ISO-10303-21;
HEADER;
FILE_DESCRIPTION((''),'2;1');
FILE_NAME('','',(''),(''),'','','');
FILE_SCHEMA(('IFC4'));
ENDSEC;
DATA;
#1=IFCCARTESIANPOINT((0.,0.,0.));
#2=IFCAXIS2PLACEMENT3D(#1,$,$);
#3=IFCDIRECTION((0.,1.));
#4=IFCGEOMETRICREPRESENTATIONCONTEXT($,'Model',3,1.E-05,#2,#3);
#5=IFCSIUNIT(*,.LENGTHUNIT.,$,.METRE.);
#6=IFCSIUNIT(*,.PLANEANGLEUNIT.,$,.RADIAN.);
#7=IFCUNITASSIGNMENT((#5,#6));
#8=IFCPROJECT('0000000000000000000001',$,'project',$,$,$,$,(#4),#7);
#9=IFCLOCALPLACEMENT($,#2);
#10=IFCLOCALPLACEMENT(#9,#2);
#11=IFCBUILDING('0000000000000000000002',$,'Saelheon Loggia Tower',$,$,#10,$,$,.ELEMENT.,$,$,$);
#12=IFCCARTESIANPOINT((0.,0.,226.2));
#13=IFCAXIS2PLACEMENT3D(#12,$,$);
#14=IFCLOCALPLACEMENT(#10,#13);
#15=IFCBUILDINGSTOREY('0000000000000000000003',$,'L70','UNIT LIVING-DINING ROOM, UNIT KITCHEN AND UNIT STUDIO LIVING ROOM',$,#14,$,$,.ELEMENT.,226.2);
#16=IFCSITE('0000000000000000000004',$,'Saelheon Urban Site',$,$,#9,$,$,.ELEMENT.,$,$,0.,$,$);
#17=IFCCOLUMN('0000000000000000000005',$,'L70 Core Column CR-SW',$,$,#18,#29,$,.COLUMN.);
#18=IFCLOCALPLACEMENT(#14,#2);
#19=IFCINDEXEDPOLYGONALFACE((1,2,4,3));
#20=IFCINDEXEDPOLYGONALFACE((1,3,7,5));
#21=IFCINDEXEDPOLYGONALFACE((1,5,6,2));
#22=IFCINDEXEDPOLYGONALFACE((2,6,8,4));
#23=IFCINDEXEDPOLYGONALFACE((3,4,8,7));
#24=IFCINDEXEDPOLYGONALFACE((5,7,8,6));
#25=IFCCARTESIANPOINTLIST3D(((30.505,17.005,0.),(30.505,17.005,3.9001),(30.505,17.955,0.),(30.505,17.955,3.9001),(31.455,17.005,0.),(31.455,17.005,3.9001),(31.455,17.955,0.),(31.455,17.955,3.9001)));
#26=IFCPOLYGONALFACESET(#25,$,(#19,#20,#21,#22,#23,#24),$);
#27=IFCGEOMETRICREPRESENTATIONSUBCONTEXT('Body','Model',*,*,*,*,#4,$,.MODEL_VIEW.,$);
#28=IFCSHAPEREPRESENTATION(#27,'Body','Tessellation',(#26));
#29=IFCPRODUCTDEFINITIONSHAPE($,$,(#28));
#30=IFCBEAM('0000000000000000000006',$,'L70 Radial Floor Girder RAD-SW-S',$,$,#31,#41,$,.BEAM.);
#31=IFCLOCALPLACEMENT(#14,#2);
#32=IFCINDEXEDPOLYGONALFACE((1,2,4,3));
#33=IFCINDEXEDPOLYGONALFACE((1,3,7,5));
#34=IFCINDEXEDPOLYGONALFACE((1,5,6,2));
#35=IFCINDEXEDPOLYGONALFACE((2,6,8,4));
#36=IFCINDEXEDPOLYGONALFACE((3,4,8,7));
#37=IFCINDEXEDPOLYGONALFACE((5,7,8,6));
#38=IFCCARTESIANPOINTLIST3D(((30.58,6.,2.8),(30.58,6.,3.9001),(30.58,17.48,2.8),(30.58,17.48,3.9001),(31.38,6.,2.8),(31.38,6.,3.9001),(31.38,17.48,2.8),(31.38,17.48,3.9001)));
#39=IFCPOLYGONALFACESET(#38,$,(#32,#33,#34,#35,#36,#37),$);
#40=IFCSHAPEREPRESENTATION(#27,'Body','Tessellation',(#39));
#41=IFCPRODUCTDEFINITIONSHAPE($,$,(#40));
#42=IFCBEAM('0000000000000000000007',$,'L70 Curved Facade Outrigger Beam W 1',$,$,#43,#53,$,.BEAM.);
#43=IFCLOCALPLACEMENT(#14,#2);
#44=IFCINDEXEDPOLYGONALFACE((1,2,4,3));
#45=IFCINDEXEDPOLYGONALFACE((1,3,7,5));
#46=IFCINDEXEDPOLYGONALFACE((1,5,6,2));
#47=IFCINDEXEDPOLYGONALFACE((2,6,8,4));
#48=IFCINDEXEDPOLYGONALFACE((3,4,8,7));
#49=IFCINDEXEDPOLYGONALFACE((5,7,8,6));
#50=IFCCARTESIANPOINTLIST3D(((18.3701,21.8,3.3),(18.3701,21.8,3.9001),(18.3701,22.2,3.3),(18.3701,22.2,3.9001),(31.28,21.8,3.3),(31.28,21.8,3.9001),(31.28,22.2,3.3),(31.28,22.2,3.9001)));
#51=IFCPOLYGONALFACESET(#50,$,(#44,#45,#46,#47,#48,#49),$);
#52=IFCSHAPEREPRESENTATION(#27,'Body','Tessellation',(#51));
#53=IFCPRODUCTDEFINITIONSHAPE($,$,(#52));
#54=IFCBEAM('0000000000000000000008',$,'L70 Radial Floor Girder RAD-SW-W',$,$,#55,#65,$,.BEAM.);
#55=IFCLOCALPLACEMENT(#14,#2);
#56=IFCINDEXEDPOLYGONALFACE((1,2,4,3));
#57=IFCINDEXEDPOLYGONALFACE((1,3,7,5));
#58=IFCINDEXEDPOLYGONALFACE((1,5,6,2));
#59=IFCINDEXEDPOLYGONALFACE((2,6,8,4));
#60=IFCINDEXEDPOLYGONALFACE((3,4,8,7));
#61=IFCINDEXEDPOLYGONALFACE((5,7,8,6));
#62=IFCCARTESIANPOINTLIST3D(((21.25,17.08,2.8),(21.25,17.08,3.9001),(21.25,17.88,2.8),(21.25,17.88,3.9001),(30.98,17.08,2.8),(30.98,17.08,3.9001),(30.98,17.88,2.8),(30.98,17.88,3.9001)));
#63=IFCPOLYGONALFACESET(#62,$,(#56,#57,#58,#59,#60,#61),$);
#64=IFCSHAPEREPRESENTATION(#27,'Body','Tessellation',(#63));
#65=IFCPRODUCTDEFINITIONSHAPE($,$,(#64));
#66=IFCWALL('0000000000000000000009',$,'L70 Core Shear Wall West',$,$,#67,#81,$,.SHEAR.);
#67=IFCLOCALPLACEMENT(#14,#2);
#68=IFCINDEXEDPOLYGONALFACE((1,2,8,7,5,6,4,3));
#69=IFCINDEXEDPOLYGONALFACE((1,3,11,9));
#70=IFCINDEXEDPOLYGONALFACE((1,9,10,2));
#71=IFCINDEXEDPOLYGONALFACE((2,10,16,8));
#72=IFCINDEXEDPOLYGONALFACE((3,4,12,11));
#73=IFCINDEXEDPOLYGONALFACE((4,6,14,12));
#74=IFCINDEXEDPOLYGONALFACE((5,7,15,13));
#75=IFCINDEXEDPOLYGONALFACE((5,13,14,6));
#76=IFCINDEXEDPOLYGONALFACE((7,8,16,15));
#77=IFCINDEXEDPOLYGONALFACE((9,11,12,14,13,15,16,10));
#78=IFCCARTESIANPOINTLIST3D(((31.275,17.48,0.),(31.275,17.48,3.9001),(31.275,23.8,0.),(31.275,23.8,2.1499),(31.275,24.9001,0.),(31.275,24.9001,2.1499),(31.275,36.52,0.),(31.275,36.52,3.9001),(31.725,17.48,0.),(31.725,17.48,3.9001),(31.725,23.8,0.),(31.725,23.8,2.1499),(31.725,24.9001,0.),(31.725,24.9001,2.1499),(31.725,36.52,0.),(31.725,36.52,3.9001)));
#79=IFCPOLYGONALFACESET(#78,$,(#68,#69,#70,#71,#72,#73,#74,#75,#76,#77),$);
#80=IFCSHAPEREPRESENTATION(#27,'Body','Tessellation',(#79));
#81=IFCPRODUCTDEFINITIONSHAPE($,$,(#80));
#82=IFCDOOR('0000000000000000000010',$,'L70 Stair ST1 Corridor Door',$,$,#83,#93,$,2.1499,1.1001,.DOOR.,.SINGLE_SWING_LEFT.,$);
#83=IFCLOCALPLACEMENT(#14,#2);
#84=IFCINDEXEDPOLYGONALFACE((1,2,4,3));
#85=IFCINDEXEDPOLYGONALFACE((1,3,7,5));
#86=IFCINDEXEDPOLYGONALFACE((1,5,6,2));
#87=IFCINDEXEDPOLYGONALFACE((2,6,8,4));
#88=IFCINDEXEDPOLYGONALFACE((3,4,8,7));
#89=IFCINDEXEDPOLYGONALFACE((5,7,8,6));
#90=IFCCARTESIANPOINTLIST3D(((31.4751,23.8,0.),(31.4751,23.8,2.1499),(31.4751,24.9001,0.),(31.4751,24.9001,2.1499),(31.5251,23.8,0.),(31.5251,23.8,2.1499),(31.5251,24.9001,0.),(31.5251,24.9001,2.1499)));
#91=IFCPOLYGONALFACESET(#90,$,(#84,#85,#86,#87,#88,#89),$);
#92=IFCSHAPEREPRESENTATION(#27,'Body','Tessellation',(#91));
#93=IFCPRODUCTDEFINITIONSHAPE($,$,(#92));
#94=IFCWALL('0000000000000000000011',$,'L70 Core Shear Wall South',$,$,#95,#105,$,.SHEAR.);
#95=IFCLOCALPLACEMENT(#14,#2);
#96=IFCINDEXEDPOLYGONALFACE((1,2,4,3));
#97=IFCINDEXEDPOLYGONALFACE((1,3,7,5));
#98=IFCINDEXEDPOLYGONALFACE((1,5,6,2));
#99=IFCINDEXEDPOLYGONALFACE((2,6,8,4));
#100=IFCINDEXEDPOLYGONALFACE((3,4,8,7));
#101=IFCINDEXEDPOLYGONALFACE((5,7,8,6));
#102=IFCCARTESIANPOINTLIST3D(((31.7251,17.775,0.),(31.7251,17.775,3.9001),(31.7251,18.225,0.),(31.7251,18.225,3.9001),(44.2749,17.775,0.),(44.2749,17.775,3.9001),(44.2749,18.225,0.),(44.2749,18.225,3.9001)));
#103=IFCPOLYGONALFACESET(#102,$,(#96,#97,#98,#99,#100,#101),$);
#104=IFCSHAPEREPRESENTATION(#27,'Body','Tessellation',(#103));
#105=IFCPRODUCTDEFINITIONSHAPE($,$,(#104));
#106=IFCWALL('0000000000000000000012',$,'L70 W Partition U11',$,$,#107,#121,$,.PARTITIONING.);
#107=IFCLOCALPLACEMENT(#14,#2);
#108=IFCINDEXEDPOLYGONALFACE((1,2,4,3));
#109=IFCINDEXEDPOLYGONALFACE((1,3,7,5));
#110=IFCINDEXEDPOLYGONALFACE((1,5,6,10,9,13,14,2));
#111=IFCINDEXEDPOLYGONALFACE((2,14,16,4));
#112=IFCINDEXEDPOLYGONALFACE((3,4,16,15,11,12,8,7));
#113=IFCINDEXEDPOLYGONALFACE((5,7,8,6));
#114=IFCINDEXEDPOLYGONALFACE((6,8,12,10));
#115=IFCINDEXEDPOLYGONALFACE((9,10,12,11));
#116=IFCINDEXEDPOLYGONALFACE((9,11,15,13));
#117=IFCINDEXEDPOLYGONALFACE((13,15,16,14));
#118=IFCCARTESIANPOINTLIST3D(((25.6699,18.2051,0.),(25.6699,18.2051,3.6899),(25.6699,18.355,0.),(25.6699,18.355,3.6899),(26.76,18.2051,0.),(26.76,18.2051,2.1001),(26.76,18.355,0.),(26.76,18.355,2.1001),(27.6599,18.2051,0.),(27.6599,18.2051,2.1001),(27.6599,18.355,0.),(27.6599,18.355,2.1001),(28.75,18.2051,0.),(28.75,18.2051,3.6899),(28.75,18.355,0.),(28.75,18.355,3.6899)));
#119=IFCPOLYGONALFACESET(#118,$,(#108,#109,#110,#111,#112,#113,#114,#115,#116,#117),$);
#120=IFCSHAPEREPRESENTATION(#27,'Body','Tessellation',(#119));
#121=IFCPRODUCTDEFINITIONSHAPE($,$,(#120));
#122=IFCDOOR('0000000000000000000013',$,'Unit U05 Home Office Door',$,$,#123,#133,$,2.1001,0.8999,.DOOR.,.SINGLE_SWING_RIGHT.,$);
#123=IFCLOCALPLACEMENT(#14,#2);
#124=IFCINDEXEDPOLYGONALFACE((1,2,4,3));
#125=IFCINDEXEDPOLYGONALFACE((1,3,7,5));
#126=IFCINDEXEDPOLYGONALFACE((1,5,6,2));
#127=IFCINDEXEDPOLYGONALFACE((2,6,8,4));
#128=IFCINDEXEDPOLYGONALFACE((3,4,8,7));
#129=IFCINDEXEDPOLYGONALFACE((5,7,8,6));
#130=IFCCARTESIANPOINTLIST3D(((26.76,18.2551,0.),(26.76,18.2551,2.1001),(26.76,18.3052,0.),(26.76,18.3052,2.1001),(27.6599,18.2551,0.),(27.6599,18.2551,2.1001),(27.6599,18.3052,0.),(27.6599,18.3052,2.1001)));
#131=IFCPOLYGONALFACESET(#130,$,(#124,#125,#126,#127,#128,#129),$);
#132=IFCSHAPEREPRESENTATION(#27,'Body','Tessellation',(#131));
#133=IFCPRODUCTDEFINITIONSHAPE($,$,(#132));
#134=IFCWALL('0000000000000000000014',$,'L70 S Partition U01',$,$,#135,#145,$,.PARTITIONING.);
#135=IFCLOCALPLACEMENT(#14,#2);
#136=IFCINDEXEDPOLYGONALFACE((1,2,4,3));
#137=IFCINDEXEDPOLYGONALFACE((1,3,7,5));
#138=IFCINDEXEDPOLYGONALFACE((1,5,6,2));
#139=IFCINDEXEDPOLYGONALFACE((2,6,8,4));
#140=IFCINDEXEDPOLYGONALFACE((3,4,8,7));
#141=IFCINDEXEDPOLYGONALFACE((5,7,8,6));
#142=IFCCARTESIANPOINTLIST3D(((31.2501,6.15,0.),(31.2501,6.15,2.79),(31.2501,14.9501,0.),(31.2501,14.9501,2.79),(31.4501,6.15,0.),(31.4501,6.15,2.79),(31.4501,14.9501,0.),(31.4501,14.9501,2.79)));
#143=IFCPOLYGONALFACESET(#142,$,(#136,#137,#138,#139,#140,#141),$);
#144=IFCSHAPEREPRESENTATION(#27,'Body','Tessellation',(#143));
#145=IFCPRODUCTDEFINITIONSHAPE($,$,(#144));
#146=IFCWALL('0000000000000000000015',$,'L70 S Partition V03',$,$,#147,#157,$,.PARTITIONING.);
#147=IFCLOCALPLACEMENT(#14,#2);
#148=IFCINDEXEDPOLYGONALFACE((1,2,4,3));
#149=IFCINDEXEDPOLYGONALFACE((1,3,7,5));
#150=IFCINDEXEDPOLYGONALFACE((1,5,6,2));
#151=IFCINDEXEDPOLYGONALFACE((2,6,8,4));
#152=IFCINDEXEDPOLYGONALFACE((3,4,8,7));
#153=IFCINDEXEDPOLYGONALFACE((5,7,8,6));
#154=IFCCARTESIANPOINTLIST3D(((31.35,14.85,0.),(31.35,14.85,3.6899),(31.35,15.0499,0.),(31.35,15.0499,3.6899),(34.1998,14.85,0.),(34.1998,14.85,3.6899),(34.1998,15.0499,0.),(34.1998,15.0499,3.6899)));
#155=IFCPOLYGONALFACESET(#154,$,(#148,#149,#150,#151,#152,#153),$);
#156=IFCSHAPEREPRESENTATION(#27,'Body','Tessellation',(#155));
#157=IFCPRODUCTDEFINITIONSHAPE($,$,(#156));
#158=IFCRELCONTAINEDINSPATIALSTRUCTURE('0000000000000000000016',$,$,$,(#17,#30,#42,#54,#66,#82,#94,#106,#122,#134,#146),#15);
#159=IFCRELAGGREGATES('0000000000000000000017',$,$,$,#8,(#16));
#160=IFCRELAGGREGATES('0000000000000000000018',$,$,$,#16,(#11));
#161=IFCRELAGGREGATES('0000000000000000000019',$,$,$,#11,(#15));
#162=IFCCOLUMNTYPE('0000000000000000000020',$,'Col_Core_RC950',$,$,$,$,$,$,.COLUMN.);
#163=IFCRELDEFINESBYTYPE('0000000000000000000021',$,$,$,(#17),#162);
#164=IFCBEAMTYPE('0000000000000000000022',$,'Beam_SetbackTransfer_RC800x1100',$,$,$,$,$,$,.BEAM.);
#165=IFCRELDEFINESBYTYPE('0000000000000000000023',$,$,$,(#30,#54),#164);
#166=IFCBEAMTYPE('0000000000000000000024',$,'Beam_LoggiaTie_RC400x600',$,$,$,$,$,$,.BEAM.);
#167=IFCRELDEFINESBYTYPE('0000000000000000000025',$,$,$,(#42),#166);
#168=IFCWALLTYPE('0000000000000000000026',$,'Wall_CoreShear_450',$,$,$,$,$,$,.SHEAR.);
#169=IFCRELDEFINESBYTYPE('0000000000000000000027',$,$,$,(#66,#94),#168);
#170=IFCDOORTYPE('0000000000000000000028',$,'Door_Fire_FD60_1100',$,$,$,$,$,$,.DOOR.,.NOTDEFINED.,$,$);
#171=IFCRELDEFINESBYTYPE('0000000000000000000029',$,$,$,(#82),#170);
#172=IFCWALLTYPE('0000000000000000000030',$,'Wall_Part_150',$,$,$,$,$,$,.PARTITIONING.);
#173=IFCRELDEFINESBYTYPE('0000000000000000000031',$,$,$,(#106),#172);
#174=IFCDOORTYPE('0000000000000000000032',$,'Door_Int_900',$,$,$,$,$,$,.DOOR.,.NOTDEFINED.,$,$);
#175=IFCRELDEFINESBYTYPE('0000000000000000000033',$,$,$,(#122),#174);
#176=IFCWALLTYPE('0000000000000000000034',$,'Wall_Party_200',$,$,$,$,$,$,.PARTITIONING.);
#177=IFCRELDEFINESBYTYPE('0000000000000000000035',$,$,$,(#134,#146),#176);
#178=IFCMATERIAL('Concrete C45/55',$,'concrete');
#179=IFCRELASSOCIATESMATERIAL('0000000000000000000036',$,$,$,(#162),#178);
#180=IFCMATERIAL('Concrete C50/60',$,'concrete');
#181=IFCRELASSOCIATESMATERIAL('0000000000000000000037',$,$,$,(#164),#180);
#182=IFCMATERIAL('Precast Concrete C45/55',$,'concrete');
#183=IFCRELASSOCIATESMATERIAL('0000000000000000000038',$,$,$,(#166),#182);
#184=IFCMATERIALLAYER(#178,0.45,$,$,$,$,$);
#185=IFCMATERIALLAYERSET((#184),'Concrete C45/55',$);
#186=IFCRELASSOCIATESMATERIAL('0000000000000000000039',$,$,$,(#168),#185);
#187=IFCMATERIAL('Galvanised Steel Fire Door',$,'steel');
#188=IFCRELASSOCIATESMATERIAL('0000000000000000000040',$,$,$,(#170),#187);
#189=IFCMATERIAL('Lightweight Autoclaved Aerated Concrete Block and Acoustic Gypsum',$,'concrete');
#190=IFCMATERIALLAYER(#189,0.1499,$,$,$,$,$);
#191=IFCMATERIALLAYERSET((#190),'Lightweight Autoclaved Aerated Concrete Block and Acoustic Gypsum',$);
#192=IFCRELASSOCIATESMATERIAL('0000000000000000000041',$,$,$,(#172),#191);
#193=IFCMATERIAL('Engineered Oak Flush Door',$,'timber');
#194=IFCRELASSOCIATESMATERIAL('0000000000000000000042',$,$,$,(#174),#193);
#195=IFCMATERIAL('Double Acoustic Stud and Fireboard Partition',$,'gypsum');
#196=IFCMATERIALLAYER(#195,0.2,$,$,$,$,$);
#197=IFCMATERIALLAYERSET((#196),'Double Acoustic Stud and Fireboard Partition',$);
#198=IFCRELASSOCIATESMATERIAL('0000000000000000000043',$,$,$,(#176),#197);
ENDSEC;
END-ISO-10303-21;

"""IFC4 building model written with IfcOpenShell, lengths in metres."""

from ifc_helpers import new_model, si_unit, direction, frame, frame_2d, origin, origin_2d, place, context, subcontext, project, spatial, rectangle, extrude, source, transform, mapped, material, layer, layer_set, material_profile, profile_set, type_object, element, fill, save


model = new_model("IFC4")

# Units and contexts
model_context = context("Model", 3, precision=1e-05, world=origin(), true_north=direction((0.0, 1.0)))
body_context = subcontext(model_context, "Body", "Model", "MODEL_VIEW")
ifc_project = project(units=[si_unit("LENGTHUNIT", "METRE"), si_unit("PLANEANGLEUNIT", "RADIAN")], contexts=[model_context])

# Site, building, storey
site_placement = place(None, origin())
site = spatial("IfcSite", under=ifc_project, at=site_placement, Name="Saelheon Urban Site", CompositionType="ELEMENT", RefElevation=0.0)
building_placement = place(site_placement, origin())
building = spatial("IfcBuilding", under=site, at=building_placement, Name="Saelheon Loggia Tower", CompositionType="ELEMENT")
storey_placement = place(building_placement, frame((0.0, 0.0, 226.2)))
storey = spatial("IfcBuildingStorey", under=building, at=storey_placement, Name="L70", Description="UNIT LIVING-DINING ROOM, UNIT KITCHEN AND UNIT STUDIO LIVING ROOM", CompositionType="ELEMENT", Elevation=226.2)

# Column
ifc_material_1 = material(Name="Concrete C45/55", Category="concrete")
ifc_material_profile_1 = material_profile(ifc_material_1, rectangle(XDim=0.95, YDim=0.95, at=origin_2d()), Name="RC-950x950")
ifc_profile_set_1 = profile_set([ifc_material_profile_1], Name="Concrete C45/55")
column_type = type_object("IfcColumnType", Name="Col_Core_RC950", PredefinedType="COLUMN", material=ifc_profile_set_1)
shared_shape_1 = source(origin(), body_context, "Body", "SweptSolid", [
    extrude(rectangle(XDim=0.95, YDim=0.95, at=origin_2d()), origin(), (0.0, 0.0, 1.0), 3.9001),
])
column_placement = place(storey_placement, frame((30.98, 17.48, 0.0), z_axis=(0.0, 0.0, 1.0), x_axis=(1.0, 0.0, 0.0)))
element("IfcColumn", 1, at=column_placement, inside=storey, type_object=column_type, Name="L70 Core Column CR-SW", PredefinedType="COLUMN", context=body_context, shape_type="MappedRepresentation", body=[
    mapped(shared_shape_1, transform((0.0, 0.0, 0.0), scale=1.0)),
])

# Beams
ifc_material_2 = material(Name="Concrete C50/60", Category="concrete")
ifc_material_profile_2 = material_profile(ifc_material_2, rectangle(XDim=0.8, YDim=1.1001, at=origin_2d()), Name="RC-800x1100")
ifc_profile_set_2 = profile_set([ifc_material_profile_2], Name="Concrete C50/60")
beam_type_1 = type_object("IfcBeamType", Name="Beam_SetbackTransfer_RC800x1100", PredefinedType="BEAM", material=ifc_profile_set_2)
shared_shape_2 = source(origin(), body_context, "Body", "SweptSolid", [
    extrude(rectangle(XDim=0.8, YDim=1.1001, at=origin_2d()), origin(), (0.0, 0.0, 1.0), 11.48),
])
beam_1_placement = place(storey_placement, frame((30.98, 17.48, 3.3501), z_axis=(0.0, -1.0, 0.0), x_axis=(1.0, 0.0, 0.0)))
element("IfcBeam", 2, at=beam_1_placement, inside=storey, type_object=beam_type_1, Name="L70 Radial Floor Girder RAD-SW-S", PredefinedType="BEAM", context=body_context, shape_type="MappedRepresentation", body=[
    mapped(shared_shape_2, transform((0.0, 0.0, 0.0), scale=1.0)),
])
ifc_material_3 = material(Name="Precast Concrete C45/55", Category="concrete")
ifc_material_profile_3 = material_profile(ifc_material_3, rectangle(XDim=0.3999, YDim=0.6001, at=origin_2d()), Name="RC-400x600")
ifc_profile_set_3 = profile_set([ifc_material_profile_3], Name="Precast Concrete C45/55")
beam_type_2 = type_object("IfcBeamType", Name="Beam_LoggiaTie_RC400x600", PredefinedType="BEAM", material=ifc_profile_set_3)
shared_shape_3 = source(origin(), body_context, "Body", "SweptSolid", [
    extrude(rectangle(XDim=0.3999, YDim=0.6001, at=origin_2d()), origin(), (0.0, 0.0, 1.0), 12.9099),
])
beam_2_placement = place(storey_placement, frame((31.28, 22.0, 3.6001), z_axis=(-1.0, 0.0, 0.0), x_axis=(0.0, -1.0, 0.0)))
element("IfcBeam", 3, at=beam_2_placement, inside=storey, type_object=beam_type_2, Name="L70 Curved Facade Outrigger Beam W 1", PredefinedType="BEAM", context=body_context, shape_type="MappedRepresentation", body=[
    mapped(shared_shape_3, transform((0.0, 0.0, 0.0), scale=1.0)),
])
shared_shape_4 = source(origin(), body_context, "Body", "SweptSolid", [
    extrude(rectangle(XDim=0.8, YDim=1.1001, at=origin_2d()), origin(), (0.0, 0.0, 1.0), 9.73),
])
beam_3_placement = place(storey_placement, frame((30.98, 17.48, 3.3501), z_axis=(-1.0, 0.0, 0.0), x_axis=(0.0, -1.0, 0.0)))
element("IfcBeam", 4, at=beam_3_placement, inside=storey, type_object=beam_type_1, Name="L70 Radial Floor Girder RAD-SW-W", PredefinedType="BEAM", context=body_context, shape_type="MappedRepresentation", body=[
    mapped(shared_shape_4, transform((0.0, 0.0, 0.0), scale=1.0)),
])

# Wall, opening, door
ifc_layer_1 = layer(ifc_material_1, 0.45)
ifc_layer_set_1 = layer_set([ifc_layer_1], Name="Concrete C45/55")
wall_type_1 = type_object("IfcWallType", Name="Wall_CoreShear_450", PredefinedType="SHEAR", material=ifc_layer_set_1)
wall_1_placement = place(storey_placement, frame((31.5, 17.48, 0.0), z_axis=(0.0, 0.0, 1.0), x_axis=(0.0, 1.0, 0.0)))
wall_1 = element("IfcWall", 5, at=wall_1_placement, inside=storey, type_object=wall_type_1, Name="L70 Core Shear Wall West", PredefinedType="SHEAR", context=body_context, shape_type="SweptSolid", body=[
    extrude(rectangle(XDim=19.04, YDim=0.45, at=frame_2d((9.52, 0.0))), origin(), (0.0, 0.0, 1.0), 3.9001),
])
opening_1_placement = place(wall_1_placement, frame((6.3201, 0.0, 0.0)))
opening_1 = element("IfcOpeningElement", 6, at=opening_1_placement, cuts=wall_1, PredefinedType="OPENING", context=body_context, shape_type="SweptSolid", body=[
    extrude(rectangle(XDim=1.1001, YDim=2.1499, at=frame_2d((0.55, 1.075))), frame((0.0, 0.2371, 0.0), z_axis=(0.0, -1.0, 0.0), x_axis=(1.0, 0.0, 0.0)), (0.0, 0.0, 1.0), 0.4739),
])
ifc_material_4 = material(Name="Galvanised Steel Fire Door", Category="steel")
door_type_1 = type_object("IfcDoorType", Name="Door_Fire_FD60_1100", OperationType="NOTDEFINED", PredefinedType="DOOR", material=ifc_material_4)
shared_shape_5 = source(origin(), body_context, "Body", "SweptSolid", [
    extrude(rectangle(XDim=1.1001, YDim=2.1499, at=frame_2d((0.55, 1.075))), frame((0.0, 0.0249, 0.0), z_axis=(0.0, -1.0, 0.0), x_axis=(1.0, 0.0, 0.0)), (0.0, 0.0, 1.0), 0.05),
])
door_1_placement = place(opening_1_placement, origin())
door_1 = element("IfcDoor", 7, at=door_1_placement, inside=storey, type_object=door_type_1, Name="L70 Stair ST1 Corridor Door", OperationType="SINGLE_SWING_LEFT", OverallHeight=2.1499, OverallWidth=1.1001, PredefinedType="DOOR", context=body_context, shape_type="MappedRepresentation", body=[
    mapped(shared_shape_5, transform((0.0, 0.0, 0.0), scale=1.0)),
])
fill(opening_1, door_1)

# Wall
wall_2_placement = place(storey_placement, frame((31.7251, 18.0, 0.0), z_axis=(0.0, 0.0, 1.0), x_axis=(1.0, 0.0, 0.0)))
element("IfcWall", 8, at=wall_2_placement, inside=storey, type_object=wall_type_1, Name="L70 Core Shear Wall South", PredefinedType="SHEAR", context=body_context, shape_type="SweptSolid", body=[
    extrude(rectangle(XDim=12.5498, YDim=0.45, at=frame_2d((6.2749, 0.0))), origin(), (0.0, 0.0, 1.0), 3.9001),
])

# Wall, opening, door
ifc_material_5 = material(Name="Lightweight Autoclaved Aerated Concrete Block and Acoustic Gypsum", Category="concrete")
ifc_layer_2 = layer(ifc_material_5, 0.1499)
ifc_layer_set_2 = layer_set([ifc_layer_2], Name="Lightweight Autoclaved Aerated Concrete Block and Acoustic Gypsum")
wall_type_2 = type_object("IfcWallType", Name="Wall_Part_150", PredefinedType="PARTITIONING", material=ifc_layer_set_2)
wall_3_placement = place(storey_placement, frame((28.75, 18.28, 0.0), z_axis=(0.0, 0.0, 1.0), x_axis=(-1.0, 0.0, 0.0)))
wall_3 = element("IfcWall", 9, at=wall_3_placement, inside=storey, type_object=wall_type_2, Name="L70 W Partition U11", PredefinedType="PARTITIONING", context=body_context, shape_type="SweptSolid", body=[
    extrude(rectangle(XDim=3.0801, YDim=0.1499, at=frame_2d((1.54, 0.0))), origin(), (0.0, 0.0, 1.0), 3.6899),
])
opening_2_placement = place(wall_3_placement, frame((1.0901, 0.0, 0.0)))
opening_2 = element("IfcOpeningElement", 10, at=opening_2_placement, cuts=wall_3, PredefinedType="OPENING", context=body_context, shape_type="SweptSolid", body=[
    extrude(rectangle(XDim=0.8999, YDim=2.1001, at=frame_2d((0.45, 1.05))), frame((0.0, 0.0869, 0.0), z_axis=(0.0, -1.0, 0.0), x_axis=(1.0, 0.0, 0.0)), (0.0, 0.0, 1.0), 0.1738),
])
ifc_material_6 = material(Name="Engineered Oak Flush Door", Category="timber")
door_type_2 = type_object("IfcDoorType", Name="Door_Int_900", OperationType="NOTDEFINED", PredefinedType="DOOR", material=ifc_material_6)
shared_shape_6 = source(origin(), body_context, "Body", "SweptSolid", [
    extrude(rectangle(XDim=0.8999, YDim=2.1001, at=frame_2d((0.45, 1.05))), frame((0.0, 0.0249, 0.0), z_axis=(0.0, -1.0, 0.0), x_axis=(1.0, 0.0, 0.0)), (0.0, 0.0, 1.0), 0.05),
])
door_2_placement = place(opening_2_placement, origin())
door_2 = element("IfcDoor", 11, at=door_2_placement, inside=storey, type_object=door_type_2, Name="Unit U05 Home Office Door", OperationType="SINGLE_SWING_RIGHT", OverallHeight=2.1001, OverallWidth=0.8999, PredefinedType="DOOR", context=body_context, shape_type="MappedRepresentation", body=[
    mapped(shared_shape_6, transform((0.0, 0.0, 0.0), scale=1.0)),
])
fill(opening_2, door_2)

# Walls
ifc_material_7 = material(Name="Double Acoustic Stud and Fireboard Partition", Category="gypsum")
ifc_layer_3 = layer(ifc_material_7, 0.2)
ifc_layer_set_3 = layer_set([ifc_layer_3], Name="Double Acoustic Stud and Fireboard Partition")
wall_type_3 = type_object("IfcWallType", Name="Wall_Party_200", PredefinedType="PARTITIONING", material=ifc_layer_set_3)
wall_4_placement = place(storey_placement, frame((31.3501, 14.95, 0.0), z_axis=(0.0, 0.0, 1.0), x_axis=(0.0, -1.0, 0.0)))
element("IfcWall", 12, at=wall_4_placement, inside=storey, type_object=wall_type_3, Name="L70 S Partition U01", PredefinedType="PARTITIONING", context=body_context, shape_type="SweptSolid", body=[
    extrude(rectangle(XDim=8.8, YDim=0.2, at=frame_2d((4.3999, 0.0))), origin(), (0.0, 0.0, 1.0), 2.79),
])
wall_5_placement = place(storey_placement, frame((31.3501, 14.95, 0.0), z_axis=(0.0, 0.0, 1.0), x_axis=(1.0, 0.0, 0.0)))
element("IfcWall", 13, at=wall_5_placement, inside=storey, type_object=wall_type_3, Name="L70 S Partition V03", PredefinedType="PARTITIONING", context=body_context, shape_type="SweptSolid", body=[
    extrude(rectangle(XDim=2.8499, YDim=0.2, at=frame_2d((1.4248, 0.0))), origin(), (0.0, 0.0, 1.0), 3.6899),
])

save(model, "model.ifc")
